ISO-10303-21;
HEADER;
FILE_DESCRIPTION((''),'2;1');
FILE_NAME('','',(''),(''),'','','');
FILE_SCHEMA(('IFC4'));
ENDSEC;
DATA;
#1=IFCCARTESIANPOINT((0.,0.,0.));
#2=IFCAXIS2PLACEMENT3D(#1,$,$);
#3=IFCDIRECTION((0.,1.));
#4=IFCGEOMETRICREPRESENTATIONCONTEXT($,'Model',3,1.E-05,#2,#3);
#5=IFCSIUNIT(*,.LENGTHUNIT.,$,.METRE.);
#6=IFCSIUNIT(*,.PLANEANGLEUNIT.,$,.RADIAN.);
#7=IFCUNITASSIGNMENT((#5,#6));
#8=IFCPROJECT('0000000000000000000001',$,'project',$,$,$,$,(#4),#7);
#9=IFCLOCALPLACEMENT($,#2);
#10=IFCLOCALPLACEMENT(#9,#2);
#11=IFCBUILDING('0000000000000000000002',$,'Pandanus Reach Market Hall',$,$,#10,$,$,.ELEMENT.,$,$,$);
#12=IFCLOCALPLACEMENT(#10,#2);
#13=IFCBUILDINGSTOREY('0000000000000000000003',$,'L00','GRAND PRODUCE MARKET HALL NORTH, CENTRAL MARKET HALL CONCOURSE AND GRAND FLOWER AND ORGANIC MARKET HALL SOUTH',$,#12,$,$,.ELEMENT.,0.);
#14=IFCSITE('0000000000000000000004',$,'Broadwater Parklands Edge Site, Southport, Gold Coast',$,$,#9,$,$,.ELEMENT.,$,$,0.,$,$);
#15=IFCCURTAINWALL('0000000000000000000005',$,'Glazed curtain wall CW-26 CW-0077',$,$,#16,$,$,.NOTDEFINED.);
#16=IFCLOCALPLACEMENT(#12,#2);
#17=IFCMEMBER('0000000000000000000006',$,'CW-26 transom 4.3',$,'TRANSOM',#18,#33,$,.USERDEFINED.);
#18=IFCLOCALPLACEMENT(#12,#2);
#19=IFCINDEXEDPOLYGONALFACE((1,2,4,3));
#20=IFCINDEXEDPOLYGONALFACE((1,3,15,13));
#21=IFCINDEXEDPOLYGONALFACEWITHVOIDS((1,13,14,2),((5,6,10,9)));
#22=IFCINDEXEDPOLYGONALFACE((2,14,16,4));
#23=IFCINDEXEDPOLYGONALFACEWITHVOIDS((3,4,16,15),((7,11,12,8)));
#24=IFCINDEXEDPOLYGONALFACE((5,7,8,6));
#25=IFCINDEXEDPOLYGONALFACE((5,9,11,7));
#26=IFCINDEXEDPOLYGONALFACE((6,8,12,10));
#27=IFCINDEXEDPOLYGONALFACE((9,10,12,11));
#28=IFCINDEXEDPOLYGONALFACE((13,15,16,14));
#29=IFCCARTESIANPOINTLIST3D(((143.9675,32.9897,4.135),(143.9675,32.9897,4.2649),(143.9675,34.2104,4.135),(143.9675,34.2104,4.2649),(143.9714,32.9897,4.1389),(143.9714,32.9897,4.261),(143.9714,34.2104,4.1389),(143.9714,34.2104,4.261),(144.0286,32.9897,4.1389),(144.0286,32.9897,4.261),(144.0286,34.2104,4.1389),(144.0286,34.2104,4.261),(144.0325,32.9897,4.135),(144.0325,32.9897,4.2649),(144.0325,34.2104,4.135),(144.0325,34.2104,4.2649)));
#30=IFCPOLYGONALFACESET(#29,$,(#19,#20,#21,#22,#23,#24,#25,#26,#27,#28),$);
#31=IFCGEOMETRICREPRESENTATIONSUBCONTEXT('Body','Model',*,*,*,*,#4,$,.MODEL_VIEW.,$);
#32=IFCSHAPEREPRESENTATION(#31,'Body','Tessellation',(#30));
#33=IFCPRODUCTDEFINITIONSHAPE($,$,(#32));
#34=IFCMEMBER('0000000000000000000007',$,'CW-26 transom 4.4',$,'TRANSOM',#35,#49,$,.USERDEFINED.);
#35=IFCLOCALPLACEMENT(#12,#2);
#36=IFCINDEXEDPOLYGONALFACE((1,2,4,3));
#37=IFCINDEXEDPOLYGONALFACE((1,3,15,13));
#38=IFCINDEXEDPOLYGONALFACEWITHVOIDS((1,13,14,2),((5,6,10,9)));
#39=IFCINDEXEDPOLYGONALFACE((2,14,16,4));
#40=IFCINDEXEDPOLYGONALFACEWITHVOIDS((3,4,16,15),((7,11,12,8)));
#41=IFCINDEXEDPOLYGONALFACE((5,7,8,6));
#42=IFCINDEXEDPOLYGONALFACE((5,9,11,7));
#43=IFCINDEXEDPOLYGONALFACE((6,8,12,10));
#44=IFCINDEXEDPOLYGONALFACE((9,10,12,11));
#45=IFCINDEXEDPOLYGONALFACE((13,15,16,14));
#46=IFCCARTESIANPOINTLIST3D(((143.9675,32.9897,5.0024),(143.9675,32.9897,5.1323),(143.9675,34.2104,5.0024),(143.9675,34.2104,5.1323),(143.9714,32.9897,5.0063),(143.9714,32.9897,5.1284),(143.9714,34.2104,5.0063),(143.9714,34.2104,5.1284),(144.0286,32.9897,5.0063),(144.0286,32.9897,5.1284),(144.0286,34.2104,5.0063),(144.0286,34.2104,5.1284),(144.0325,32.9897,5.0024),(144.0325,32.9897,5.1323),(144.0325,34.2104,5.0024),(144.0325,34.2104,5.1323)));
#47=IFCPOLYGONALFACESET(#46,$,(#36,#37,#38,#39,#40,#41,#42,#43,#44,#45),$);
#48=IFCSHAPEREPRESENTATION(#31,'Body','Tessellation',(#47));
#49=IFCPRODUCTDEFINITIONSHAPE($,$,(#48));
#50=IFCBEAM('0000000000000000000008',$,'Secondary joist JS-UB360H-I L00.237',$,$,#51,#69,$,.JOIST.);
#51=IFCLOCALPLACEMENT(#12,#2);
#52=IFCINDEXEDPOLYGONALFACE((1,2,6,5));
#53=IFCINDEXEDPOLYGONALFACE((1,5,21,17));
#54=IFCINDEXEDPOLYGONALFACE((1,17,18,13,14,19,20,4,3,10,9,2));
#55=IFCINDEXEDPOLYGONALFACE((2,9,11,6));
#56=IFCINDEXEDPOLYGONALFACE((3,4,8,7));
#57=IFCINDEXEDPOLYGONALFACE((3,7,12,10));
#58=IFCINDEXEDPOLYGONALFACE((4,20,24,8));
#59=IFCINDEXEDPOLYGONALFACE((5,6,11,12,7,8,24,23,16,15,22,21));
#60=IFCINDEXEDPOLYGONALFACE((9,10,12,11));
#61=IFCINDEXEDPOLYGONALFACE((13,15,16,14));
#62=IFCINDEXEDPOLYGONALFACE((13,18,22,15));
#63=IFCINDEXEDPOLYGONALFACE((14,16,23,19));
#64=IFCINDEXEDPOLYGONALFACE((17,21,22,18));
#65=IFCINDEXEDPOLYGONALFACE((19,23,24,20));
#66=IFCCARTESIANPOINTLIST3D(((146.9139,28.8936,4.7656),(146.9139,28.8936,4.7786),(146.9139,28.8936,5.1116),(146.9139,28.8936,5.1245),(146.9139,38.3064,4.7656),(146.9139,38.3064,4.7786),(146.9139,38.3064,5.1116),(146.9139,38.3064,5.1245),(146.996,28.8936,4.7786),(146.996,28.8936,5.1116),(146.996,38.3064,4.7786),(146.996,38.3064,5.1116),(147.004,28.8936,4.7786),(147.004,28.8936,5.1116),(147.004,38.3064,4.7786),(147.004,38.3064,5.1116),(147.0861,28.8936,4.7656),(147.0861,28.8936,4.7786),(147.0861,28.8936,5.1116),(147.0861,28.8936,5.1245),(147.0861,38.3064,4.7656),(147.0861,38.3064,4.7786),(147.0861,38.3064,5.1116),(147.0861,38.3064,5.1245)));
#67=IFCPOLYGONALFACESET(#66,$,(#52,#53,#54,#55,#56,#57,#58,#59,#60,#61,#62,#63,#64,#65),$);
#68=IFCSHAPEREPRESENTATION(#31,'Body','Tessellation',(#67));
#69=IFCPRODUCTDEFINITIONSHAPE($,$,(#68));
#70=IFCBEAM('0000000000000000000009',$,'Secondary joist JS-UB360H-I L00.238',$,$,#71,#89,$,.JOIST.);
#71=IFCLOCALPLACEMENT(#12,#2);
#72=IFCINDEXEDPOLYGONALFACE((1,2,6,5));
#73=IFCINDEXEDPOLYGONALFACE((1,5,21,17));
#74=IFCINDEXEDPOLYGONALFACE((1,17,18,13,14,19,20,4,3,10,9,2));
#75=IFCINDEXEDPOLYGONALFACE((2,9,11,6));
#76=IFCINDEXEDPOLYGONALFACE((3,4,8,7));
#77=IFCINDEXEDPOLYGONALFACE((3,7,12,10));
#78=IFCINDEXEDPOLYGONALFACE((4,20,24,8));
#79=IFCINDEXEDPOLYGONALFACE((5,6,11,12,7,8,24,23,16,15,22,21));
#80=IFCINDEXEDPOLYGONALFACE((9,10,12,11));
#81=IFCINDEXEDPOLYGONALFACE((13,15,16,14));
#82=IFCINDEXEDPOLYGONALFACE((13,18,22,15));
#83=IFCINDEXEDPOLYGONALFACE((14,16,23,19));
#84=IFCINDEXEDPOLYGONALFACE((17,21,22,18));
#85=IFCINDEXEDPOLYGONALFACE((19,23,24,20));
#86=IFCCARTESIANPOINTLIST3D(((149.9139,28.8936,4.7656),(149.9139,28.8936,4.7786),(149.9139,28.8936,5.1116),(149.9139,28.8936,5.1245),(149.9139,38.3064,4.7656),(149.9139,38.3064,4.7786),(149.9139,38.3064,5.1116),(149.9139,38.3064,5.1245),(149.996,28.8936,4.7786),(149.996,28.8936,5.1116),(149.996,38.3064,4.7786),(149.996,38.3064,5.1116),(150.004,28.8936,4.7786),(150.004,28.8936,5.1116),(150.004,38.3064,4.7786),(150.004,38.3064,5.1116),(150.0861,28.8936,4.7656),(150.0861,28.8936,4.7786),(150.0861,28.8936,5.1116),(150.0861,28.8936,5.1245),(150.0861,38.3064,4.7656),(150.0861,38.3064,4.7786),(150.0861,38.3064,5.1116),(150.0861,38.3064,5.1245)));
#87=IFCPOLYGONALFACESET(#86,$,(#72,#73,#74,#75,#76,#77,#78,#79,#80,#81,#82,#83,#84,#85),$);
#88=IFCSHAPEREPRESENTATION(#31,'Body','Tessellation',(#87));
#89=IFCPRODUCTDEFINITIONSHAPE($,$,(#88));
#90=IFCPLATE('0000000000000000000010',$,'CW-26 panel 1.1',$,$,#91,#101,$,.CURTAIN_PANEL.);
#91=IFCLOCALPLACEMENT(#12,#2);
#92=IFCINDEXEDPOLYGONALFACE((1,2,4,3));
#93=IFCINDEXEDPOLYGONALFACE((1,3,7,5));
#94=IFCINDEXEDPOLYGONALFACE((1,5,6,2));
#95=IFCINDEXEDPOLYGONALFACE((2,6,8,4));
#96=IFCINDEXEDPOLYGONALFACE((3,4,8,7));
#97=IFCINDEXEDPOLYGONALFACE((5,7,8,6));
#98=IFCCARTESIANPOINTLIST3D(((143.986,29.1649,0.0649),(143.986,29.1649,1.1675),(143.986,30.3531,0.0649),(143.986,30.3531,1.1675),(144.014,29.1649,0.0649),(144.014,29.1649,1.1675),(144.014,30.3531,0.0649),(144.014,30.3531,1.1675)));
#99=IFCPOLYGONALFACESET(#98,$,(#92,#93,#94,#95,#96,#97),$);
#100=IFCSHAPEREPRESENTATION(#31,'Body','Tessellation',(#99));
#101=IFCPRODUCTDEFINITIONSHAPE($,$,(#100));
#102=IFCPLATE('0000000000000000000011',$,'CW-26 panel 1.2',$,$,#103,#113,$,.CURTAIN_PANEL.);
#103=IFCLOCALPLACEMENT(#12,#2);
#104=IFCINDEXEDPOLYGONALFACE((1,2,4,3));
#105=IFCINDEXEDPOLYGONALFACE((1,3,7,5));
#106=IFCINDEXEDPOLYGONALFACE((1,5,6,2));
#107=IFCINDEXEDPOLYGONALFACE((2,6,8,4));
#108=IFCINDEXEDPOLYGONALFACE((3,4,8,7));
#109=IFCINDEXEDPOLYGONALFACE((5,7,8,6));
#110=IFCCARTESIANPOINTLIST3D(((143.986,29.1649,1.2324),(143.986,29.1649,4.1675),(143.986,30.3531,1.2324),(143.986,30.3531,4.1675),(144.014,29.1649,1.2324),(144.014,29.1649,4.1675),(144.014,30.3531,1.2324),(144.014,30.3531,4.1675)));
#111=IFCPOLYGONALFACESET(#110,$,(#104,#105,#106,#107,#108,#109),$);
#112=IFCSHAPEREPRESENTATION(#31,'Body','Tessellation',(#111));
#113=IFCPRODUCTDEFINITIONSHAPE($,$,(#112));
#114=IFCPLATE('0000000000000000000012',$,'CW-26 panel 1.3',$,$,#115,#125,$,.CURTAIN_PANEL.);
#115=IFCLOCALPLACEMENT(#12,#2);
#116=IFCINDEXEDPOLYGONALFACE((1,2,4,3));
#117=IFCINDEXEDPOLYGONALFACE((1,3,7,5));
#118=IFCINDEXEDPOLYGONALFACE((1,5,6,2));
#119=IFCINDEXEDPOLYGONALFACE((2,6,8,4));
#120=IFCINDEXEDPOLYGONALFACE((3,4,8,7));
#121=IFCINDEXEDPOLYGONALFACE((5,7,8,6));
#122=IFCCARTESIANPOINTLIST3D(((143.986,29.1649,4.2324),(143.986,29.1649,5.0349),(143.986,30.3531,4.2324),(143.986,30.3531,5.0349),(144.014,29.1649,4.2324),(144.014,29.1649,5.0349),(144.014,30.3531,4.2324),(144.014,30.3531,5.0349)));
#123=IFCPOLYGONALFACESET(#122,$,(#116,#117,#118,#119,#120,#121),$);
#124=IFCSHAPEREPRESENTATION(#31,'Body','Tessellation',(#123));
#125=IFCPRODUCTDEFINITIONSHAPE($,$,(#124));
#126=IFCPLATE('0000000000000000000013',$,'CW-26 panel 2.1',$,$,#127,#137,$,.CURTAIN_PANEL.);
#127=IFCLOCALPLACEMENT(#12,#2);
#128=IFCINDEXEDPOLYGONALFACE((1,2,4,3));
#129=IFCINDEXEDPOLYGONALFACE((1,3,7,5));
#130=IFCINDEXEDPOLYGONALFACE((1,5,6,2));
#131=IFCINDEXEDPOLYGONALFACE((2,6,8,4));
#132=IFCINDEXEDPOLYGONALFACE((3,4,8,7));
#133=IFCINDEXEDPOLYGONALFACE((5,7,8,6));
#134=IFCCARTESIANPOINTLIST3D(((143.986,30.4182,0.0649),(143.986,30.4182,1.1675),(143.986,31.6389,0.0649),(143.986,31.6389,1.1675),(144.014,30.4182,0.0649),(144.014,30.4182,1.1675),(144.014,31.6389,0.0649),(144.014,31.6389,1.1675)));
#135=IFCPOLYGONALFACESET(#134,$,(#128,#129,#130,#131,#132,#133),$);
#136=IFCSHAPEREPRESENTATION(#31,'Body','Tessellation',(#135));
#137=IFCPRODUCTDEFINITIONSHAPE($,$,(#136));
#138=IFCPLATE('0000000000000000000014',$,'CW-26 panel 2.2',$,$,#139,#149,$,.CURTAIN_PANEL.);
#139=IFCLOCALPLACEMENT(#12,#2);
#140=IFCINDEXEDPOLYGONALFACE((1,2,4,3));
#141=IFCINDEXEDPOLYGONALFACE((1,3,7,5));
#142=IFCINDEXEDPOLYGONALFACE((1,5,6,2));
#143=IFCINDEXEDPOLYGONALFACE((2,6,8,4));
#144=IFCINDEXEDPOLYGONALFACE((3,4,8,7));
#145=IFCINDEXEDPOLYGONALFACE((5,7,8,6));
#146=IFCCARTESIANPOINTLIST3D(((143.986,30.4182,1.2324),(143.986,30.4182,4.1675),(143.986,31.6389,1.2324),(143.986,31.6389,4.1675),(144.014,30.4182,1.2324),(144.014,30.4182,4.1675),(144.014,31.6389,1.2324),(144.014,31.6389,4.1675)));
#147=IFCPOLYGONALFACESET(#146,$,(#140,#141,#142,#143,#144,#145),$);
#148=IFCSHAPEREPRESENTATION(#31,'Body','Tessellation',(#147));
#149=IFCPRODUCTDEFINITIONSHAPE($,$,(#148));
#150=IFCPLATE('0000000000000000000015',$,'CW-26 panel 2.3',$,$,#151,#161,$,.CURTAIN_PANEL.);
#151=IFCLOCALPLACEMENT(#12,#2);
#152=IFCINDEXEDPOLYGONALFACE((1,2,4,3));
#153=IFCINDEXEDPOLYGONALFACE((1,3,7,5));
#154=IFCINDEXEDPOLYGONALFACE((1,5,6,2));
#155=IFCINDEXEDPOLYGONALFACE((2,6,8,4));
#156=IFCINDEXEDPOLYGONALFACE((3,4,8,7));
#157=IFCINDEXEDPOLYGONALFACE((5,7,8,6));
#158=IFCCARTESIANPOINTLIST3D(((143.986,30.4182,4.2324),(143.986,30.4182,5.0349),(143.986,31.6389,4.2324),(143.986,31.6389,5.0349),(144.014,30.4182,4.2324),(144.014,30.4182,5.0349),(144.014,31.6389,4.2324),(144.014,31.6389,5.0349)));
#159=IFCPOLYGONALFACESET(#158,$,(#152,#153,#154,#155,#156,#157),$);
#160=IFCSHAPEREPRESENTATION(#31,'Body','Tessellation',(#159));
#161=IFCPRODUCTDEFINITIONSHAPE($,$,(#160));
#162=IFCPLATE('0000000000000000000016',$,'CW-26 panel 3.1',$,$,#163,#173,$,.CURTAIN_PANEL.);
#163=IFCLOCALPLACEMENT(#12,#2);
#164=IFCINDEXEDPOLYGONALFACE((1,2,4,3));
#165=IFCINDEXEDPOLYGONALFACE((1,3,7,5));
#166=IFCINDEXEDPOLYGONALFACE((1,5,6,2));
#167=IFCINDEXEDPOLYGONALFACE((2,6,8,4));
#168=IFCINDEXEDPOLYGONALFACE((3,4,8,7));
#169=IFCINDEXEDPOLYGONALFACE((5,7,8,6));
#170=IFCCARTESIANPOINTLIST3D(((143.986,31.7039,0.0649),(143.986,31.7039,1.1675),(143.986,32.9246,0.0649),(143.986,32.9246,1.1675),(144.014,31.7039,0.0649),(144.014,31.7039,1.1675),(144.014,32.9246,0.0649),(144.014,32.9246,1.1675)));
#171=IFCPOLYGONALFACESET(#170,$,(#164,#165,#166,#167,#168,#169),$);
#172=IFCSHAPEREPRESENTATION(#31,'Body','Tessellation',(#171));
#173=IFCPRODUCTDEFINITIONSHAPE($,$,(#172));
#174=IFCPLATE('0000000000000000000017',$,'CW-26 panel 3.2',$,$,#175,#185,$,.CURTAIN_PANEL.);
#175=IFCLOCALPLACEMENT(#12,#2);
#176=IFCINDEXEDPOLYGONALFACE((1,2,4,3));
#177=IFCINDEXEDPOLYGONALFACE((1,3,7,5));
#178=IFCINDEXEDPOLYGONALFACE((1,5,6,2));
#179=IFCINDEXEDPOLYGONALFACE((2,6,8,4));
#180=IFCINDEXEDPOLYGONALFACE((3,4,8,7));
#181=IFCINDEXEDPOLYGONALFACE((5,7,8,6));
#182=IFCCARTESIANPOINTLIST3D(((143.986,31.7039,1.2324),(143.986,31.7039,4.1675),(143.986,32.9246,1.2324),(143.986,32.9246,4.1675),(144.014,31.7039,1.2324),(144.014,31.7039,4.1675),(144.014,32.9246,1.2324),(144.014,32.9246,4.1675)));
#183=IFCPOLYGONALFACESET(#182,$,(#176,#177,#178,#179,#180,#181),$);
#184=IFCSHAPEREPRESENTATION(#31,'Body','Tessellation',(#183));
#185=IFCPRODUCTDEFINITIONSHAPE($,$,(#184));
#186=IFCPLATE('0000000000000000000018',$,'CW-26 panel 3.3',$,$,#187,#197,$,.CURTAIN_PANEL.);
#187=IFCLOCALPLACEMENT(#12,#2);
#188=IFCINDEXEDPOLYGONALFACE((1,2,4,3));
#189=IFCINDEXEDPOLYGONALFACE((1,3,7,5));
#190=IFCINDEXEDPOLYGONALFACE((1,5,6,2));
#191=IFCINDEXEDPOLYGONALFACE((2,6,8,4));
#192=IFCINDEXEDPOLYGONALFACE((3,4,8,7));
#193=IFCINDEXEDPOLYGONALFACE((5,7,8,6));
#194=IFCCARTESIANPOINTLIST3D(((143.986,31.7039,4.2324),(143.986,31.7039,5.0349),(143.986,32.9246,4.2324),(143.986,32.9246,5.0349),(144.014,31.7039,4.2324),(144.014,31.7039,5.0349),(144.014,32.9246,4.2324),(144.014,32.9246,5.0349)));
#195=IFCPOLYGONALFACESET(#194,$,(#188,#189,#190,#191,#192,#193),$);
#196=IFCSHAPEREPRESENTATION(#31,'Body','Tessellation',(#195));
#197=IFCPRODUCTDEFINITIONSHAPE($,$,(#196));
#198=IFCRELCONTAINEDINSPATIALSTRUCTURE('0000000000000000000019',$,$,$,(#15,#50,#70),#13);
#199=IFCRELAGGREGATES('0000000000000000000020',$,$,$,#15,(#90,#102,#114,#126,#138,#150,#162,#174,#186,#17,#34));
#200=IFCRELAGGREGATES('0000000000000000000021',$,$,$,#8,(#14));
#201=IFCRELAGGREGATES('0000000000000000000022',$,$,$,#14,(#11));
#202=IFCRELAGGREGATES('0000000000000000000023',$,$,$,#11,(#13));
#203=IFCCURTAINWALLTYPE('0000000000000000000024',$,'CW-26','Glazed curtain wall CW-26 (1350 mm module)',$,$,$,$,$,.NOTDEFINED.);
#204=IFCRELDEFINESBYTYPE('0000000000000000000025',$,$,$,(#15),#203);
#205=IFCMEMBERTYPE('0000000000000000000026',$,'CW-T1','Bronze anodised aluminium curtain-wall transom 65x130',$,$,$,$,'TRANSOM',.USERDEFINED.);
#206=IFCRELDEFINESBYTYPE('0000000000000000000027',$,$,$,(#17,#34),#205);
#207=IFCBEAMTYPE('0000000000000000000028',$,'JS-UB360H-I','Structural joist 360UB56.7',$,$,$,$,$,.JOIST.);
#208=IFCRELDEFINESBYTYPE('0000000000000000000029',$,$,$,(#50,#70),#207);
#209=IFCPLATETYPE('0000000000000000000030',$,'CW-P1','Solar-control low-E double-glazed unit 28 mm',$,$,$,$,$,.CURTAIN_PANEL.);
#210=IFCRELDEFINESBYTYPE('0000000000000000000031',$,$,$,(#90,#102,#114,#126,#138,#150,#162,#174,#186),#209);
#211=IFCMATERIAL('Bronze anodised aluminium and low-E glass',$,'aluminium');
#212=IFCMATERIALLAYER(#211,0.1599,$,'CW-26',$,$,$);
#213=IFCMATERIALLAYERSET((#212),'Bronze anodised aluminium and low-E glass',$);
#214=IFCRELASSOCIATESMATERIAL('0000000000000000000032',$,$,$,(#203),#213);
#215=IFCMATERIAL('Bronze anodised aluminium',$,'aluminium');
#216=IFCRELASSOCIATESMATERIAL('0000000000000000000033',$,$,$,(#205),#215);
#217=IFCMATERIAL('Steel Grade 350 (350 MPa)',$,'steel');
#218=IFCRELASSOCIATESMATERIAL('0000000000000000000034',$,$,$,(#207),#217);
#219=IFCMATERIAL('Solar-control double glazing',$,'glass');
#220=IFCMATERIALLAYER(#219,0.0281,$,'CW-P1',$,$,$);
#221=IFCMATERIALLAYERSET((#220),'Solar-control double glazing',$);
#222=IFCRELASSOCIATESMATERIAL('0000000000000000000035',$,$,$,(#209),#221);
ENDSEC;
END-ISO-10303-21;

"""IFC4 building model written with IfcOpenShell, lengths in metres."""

from ifc_helpers import new_model, si_unit, direction, frame, origin, origin_2d, place, context, subcontext, project, spatial, rectangle, hollow_rectangle, i_section, extrude, material, layer, layer_set, material_profile, profile_set, type_object, element, aggregate, save


model = new_model("IFC4")

# Units and contexts
model_context = context("Model", 3, precision=1e-05, world=origin(), true_north=direction((0.0, 1.0)))
body_context = subcontext(model_context, "Body", "Model", "MODEL_VIEW")
ifc_project = project(units=[si_unit("LENGTHUNIT", "METRE"), si_unit("PLANEANGLEUNIT", "RADIAN")], contexts=[model_context])

# Site, building, storey
site_placement = place(None, origin())
site = spatial("IfcSite", under=ifc_project, at=site_placement, Name="Broadwater Parklands Edge Site, Southport, Gold Coast", CompositionType="ELEMENT", RefElevation=0.0)
building_placement = place(site_placement, origin())
building = spatial("IfcBuilding", under=site, at=building_placement, Name="Pandanus Reach Market Hall", CompositionType="ELEMENT")
storey_placement = place(building_placement, origin())
storey = spatial("IfcBuildingStorey", under=building, at=storey_placement, Name="L00", Description="GRAND PRODUCE MARKET HALL NORTH, CENTRAL MARKET HALL CONCOURSE AND GRAND FLOWER AND ORGANIC MARKET HALL SOUTH", CompositionType="ELEMENT", Elevation=0.0)

# Shared definitions
ifc_material_1 = material(Name="Steel Grade 350 (350 MPa)", Category="steel")

# Curtain wall, members
ifc_material_2 = material(Name="Bronze anodised aluminium and low-E glass", Category="aluminium")
ifc_layer_1 = layer(ifc_material_2, 0.1599, Name="CW-26")
ifc_layer_set_1 = layer_set([ifc_layer_1], Name="Bronze anodised aluminium and low-E glass")
curtain_wall_type = type_object("IfcCurtainWallType", Name="CW-26", Description="Glazed curtain wall CW-26 (1350 mm module)", PredefinedType="NOTDEFINED", material=ifc_layer_set_1)
curtain_wall_placement = place(storey_placement, origin())
curtain_wall = element("IfcCurtainWall", 1, at=curtain_wall_placement, inside=storey, type_object=curtain_wall_type, Name="Glazed curtain wall CW-26 CW-0077", PredefinedType="NOTDEFINED")
ifc_material_3 = material(Name="Bronze anodised aluminium", Category="aluminium")
ifc_material_profile_1 = material_profile(ifc_material_3, hollow_rectangle(XDim=0.0649, YDim=0.1299, WallThickness=0.0039, at=origin_2d()), Name="ALU65x130", Category="LoadBearing")
ifc_profile_set_1 = profile_set([ifc_material_profile_1], Name="Bronze anodised aluminium")
member_type_1 = type_object("IfcMemberType", Name="CW-T1", Description="Bronze anodised aluminium curtain-wall transom 65x130", ElementType="TRANSOM", PredefinedType="USERDEFINED", material=ifc_profile_set_1)
member_1_placement = place(storey_placement, frame((144.0, 32.9897, 4.2), z_axis=(0.0, 1.0, 0.0), x_axis=(-1.0, 0.0, 0.0)))
member_1 = element("IfcMember", 2, at=member_1_placement, type_object=member_type_1, Name="CW-26 transom 4.3", ObjectType="TRANSOM", PredefinedType="USERDEFINED", context=body_context, shape_type="SweptSolid", body=[
    extrude(hollow_rectangle(XDim=0.0649, YDim=0.1299, WallThickness=0.0039, at=origin_2d()), origin(), (0.0, 0.0, 1.0), 1.2207),
])
member_2_placement = place(storey_placement, frame((144.0, 32.9897, 5.0674), z_axis=(0.0, 1.0, 0.0), x_axis=(-1.0, 0.0, 0.0)))
member_2 = element("IfcMember", 3, at=member_2_placement, type_object=member_type_1, Name="CW-26 transom 4.4", ObjectType="TRANSOM", PredefinedType="USERDEFINED", context=body_context, shape_type="SweptSolid", body=[
    extrude(hollow_rectangle(XDim=0.0649, YDim=0.1299, WallThickness=0.0039, at=origin_2d()), origin(), (0.0, 0.0, 1.0), 1.2207),
])

# Beams
ifc_material_profile_2 = material_profile(ifc_material_1, i_section(OverallWidth=0.1721, OverallDepth=0.3589, WebThickness=0.0081, FlangeThickness=0.0129, at=origin_2d()), Name="360UB56.7", Category="LoadBearing")
ifc_profile_set_2 = profile_set([ifc_material_profile_2], Name="Steel Grade 350 (350 MPa)")
beam_type_1 = type_object("IfcBeamType", Name="JS-UB360H-I", Description="Structural joist 360UB56.7", PredefinedType="JOIST", material=ifc_profile_set_2)
for number, where, z_axis, x_axis, name in (
    (4, (147.0, 28.8936, 4.9451), (0.0, 1.0, 0.0), (-1.0, 0.0, 0.0), "Secondary joist JS-UB360H-I L00.237"),
    (5, (150.0, 28.8936, 4.9451), (0.0, 1.0, 0.0), (-1.0, 0.0, 0.0), "Secondary joist JS-UB360H-I L00.238"),
):
    element("IfcBeam", number, at=place(storey_placement, frame(where, z_axis=z_axis, x_axis=x_axis)), inside=storey, type_object=beam_type_1, Name=name, PredefinedType="JOIST", context=body_context, shape_type="SweptSolid", body=[
        extrude(i_section(OverallWidth=0.1721, OverallDepth=0.3589, WebThickness=0.0081, FlangeThickness=0.0129, at=origin_2d()), origin(), (0.0, 0.0, 1.0), 9.4128),
    ])

# Plates
ifc_material_4 = material(Name="Solar-control double glazing", Category="glass")
ifc_layer_2 = layer(ifc_material_4, 0.0281, Name="CW-P1")
ifc_layer_set_2 = layer_set([ifc_layer_2], Name="Solar-control double glazing")
plate_type = type_object("IfcPlateType", Name="CW-P1", Description="Solar-control low-E double-glazed unit 28 mm", PredefinedType="CURTAIN_PANEL", material=ifc_layer_set_2)
plate_1_placement = place(storey_placement, frame((144.0, 29.759, 0.0649), z_axis=(0.0, 0.0, 1.0), x_axis=(0.0, 1.0, 0.0)))
plate_1 = element("IfcPlate", 6, at=plate_1_placement, type_object=plate_type, Name="CW-26 panel 1.1", PredefinedType="CURTAIN_PANEL", context=body_context, shape_type="SweptSolid", body=[
    extrude(rectangle(XDim=1.1882, YDim=0.0281, at=origin_2d()), origin(), (0.0, 0.0, 1.0), 1.1025),
])
plate_2_placement = place(storey_placement, frame((144.0, 29.759, 1.2324), z_axis=(0.0, 0.0, 1.0), x_axis=(0.0, 1.0, 0.0)))
plate_2 = element("IfcPlate", 7, at=plate_2_placement, type_object=plate_type, Name="CW-26 panel 1.2", PredefinedType="CURTAIN_PANEL", context=body_context, shape_type="SweptSolid", body=[
    extrude(rectangle(XDim=1.1882, YDim=0.0281, at=origin_2d()), origin(), (0.0, 0.0, 1.0), 2.9351),
])
plate_3_placement = place(storey_placement, frame((144.0, 29.759, 4.2324), z_axis=(0.0, 0.0, 1.0), x_axis=(0.0, 1.0, 0.0)))
plate_3 = element("IfcPlate", 8, at=plate_3_placement, type_object=plate_type, Name="CW-26 panel 1.3", PredefinedType="CURTAIN_PANEL", context=body_context, shape_type="SweptSolid", body=[
    extrude(rectangle(XDim=1.1882, YDim=0.0281, at=origin_2d()), origin(), (0.0, 0.0, 1.0), 0.8025),
])
plate_4_placement = place(storey_placement, frame((144.0, 31.0286, 0.0649), z_axis=(0.0, 0.0, 1.0), x_axis=(0.0, 1.0, 0.0)))
plate_4 = element("IfcPlate", 9, at=plate_4_placement, type_object=plate_type, Name="CW-26 panel 2.1", PredefinedType="CURTAIN_PANEL", context=body_context, shape_type="SweptSolid", body=[
    extrude(rectangle(XDim=1.2207, YDim=0.0281, at=origin_2d()), origin(), (0.0, 0.0, 1.0), 1.1025),
])
plate_5_placement = place(storey_placement, frame((144.0, 31.0286, 1.2324), z_axis=(0.0, 0.0, 1.0), x_axis=(0.0, 1.0, 0.0)))
plate_5 = element("IfcPlate", 10, at=plate_5_placement, type_object=plate_type, Name="CW-26 panel 2.2", PredefinedType="CURTAIN_PANEL", context=body_context, shape_type="SweptSolid", body=[
    extrude(rectangle(XDim=1.2207, YDim=0.0281, at=origin_2d()), origin(), (0.0, 0.0, 1.0), 2.9351),
])
plate_6_placement = place(storey_placement, frame((144.0, 31.0286, 4.2324), z_axis=(0.0, 0.0, 1.0), x_axis=(0.0, 1.0, 0.0)))
plate_6 = element("IfcPlate", 11, at=plate_6_placement, type_object=plate_type, Name="CW-26 panel 2.3", PredefinedType="CURTAIN_PANEL", context=body_context, shape_type="SweptSolid", body=[
    extrude(rectangle(XDim=1.2207, YDim=0.0281, at=origin_2d()), origin(), (0.0, 0.0, 1.0), 0.8025),
])
plate_7_placement = place(storey_placement, frame((144.0, 32.3142, 0.0649), z_axis=(0.0, 0.0, 1.0), x_axis=(0.0, 1.0, 0.0)))
plate_7 = element("IfcPlate", 12, at=plate_7_placement, type_object=plate_type, Name="CW-26 panel 3.1", PredefinedType="CURTAIN_PANEL", context=body_context, shape_type="SweptSolid", body=[
    extrude(rectangle(XDim=1.2207, YDim=0.0281, at=origin_2d()), origin(), (0.0, 0.0, 1.0), 1.1025),
])
plate_8_placement = place(storey_placement, frame((144.0, 32.3142, 1.2324), z_axis=(0.0, 0.0, 1.0), x_axis=(0.0, 1.0, 0.0)))
plate_8 = element("IfcPlate", 13, at=plate_8_placement, type_object=plate_type, Name="CW-26 panel 3.2", PredefinedType="CURTAIN_PANEL", context=body_context, shape_type="SweptSolid", body=[
    extrude(rectangle(XDim=1.2207, YDim=0.0281, at=origin_2d()), origin(), (0.0, 0.0, 1.0), 2.9351),
])
plate_9_placement = place(storey_placement, frame((144.0, 32.3142, 4.2324), z_axis=(0.0, 0.0, 1.0), x_axis=(0.0, 1.0, 0.0)))
plate_9 = element("IfcPlate", 14, at=plate_9_placement, type_object=plate_type, Name="CW-26 panel 3.3", PredefinedType="CURTAIN_PANEL", context=body_context, shape_type="SweptSolid", body=[
    extrude(rectangle(XDim=1.2207, YDim=0.0281, at=origin_2d()), origin(), (0.0, 0.0, 1.0), 0.8025),
])
aggregate(curtain_wall, [plate_1, plate_2, plate_3, plate_4, plate_5, plate_6, plate_7, plate_8, plate_9, member_1, member_2])

save(model, "model.ifc")
